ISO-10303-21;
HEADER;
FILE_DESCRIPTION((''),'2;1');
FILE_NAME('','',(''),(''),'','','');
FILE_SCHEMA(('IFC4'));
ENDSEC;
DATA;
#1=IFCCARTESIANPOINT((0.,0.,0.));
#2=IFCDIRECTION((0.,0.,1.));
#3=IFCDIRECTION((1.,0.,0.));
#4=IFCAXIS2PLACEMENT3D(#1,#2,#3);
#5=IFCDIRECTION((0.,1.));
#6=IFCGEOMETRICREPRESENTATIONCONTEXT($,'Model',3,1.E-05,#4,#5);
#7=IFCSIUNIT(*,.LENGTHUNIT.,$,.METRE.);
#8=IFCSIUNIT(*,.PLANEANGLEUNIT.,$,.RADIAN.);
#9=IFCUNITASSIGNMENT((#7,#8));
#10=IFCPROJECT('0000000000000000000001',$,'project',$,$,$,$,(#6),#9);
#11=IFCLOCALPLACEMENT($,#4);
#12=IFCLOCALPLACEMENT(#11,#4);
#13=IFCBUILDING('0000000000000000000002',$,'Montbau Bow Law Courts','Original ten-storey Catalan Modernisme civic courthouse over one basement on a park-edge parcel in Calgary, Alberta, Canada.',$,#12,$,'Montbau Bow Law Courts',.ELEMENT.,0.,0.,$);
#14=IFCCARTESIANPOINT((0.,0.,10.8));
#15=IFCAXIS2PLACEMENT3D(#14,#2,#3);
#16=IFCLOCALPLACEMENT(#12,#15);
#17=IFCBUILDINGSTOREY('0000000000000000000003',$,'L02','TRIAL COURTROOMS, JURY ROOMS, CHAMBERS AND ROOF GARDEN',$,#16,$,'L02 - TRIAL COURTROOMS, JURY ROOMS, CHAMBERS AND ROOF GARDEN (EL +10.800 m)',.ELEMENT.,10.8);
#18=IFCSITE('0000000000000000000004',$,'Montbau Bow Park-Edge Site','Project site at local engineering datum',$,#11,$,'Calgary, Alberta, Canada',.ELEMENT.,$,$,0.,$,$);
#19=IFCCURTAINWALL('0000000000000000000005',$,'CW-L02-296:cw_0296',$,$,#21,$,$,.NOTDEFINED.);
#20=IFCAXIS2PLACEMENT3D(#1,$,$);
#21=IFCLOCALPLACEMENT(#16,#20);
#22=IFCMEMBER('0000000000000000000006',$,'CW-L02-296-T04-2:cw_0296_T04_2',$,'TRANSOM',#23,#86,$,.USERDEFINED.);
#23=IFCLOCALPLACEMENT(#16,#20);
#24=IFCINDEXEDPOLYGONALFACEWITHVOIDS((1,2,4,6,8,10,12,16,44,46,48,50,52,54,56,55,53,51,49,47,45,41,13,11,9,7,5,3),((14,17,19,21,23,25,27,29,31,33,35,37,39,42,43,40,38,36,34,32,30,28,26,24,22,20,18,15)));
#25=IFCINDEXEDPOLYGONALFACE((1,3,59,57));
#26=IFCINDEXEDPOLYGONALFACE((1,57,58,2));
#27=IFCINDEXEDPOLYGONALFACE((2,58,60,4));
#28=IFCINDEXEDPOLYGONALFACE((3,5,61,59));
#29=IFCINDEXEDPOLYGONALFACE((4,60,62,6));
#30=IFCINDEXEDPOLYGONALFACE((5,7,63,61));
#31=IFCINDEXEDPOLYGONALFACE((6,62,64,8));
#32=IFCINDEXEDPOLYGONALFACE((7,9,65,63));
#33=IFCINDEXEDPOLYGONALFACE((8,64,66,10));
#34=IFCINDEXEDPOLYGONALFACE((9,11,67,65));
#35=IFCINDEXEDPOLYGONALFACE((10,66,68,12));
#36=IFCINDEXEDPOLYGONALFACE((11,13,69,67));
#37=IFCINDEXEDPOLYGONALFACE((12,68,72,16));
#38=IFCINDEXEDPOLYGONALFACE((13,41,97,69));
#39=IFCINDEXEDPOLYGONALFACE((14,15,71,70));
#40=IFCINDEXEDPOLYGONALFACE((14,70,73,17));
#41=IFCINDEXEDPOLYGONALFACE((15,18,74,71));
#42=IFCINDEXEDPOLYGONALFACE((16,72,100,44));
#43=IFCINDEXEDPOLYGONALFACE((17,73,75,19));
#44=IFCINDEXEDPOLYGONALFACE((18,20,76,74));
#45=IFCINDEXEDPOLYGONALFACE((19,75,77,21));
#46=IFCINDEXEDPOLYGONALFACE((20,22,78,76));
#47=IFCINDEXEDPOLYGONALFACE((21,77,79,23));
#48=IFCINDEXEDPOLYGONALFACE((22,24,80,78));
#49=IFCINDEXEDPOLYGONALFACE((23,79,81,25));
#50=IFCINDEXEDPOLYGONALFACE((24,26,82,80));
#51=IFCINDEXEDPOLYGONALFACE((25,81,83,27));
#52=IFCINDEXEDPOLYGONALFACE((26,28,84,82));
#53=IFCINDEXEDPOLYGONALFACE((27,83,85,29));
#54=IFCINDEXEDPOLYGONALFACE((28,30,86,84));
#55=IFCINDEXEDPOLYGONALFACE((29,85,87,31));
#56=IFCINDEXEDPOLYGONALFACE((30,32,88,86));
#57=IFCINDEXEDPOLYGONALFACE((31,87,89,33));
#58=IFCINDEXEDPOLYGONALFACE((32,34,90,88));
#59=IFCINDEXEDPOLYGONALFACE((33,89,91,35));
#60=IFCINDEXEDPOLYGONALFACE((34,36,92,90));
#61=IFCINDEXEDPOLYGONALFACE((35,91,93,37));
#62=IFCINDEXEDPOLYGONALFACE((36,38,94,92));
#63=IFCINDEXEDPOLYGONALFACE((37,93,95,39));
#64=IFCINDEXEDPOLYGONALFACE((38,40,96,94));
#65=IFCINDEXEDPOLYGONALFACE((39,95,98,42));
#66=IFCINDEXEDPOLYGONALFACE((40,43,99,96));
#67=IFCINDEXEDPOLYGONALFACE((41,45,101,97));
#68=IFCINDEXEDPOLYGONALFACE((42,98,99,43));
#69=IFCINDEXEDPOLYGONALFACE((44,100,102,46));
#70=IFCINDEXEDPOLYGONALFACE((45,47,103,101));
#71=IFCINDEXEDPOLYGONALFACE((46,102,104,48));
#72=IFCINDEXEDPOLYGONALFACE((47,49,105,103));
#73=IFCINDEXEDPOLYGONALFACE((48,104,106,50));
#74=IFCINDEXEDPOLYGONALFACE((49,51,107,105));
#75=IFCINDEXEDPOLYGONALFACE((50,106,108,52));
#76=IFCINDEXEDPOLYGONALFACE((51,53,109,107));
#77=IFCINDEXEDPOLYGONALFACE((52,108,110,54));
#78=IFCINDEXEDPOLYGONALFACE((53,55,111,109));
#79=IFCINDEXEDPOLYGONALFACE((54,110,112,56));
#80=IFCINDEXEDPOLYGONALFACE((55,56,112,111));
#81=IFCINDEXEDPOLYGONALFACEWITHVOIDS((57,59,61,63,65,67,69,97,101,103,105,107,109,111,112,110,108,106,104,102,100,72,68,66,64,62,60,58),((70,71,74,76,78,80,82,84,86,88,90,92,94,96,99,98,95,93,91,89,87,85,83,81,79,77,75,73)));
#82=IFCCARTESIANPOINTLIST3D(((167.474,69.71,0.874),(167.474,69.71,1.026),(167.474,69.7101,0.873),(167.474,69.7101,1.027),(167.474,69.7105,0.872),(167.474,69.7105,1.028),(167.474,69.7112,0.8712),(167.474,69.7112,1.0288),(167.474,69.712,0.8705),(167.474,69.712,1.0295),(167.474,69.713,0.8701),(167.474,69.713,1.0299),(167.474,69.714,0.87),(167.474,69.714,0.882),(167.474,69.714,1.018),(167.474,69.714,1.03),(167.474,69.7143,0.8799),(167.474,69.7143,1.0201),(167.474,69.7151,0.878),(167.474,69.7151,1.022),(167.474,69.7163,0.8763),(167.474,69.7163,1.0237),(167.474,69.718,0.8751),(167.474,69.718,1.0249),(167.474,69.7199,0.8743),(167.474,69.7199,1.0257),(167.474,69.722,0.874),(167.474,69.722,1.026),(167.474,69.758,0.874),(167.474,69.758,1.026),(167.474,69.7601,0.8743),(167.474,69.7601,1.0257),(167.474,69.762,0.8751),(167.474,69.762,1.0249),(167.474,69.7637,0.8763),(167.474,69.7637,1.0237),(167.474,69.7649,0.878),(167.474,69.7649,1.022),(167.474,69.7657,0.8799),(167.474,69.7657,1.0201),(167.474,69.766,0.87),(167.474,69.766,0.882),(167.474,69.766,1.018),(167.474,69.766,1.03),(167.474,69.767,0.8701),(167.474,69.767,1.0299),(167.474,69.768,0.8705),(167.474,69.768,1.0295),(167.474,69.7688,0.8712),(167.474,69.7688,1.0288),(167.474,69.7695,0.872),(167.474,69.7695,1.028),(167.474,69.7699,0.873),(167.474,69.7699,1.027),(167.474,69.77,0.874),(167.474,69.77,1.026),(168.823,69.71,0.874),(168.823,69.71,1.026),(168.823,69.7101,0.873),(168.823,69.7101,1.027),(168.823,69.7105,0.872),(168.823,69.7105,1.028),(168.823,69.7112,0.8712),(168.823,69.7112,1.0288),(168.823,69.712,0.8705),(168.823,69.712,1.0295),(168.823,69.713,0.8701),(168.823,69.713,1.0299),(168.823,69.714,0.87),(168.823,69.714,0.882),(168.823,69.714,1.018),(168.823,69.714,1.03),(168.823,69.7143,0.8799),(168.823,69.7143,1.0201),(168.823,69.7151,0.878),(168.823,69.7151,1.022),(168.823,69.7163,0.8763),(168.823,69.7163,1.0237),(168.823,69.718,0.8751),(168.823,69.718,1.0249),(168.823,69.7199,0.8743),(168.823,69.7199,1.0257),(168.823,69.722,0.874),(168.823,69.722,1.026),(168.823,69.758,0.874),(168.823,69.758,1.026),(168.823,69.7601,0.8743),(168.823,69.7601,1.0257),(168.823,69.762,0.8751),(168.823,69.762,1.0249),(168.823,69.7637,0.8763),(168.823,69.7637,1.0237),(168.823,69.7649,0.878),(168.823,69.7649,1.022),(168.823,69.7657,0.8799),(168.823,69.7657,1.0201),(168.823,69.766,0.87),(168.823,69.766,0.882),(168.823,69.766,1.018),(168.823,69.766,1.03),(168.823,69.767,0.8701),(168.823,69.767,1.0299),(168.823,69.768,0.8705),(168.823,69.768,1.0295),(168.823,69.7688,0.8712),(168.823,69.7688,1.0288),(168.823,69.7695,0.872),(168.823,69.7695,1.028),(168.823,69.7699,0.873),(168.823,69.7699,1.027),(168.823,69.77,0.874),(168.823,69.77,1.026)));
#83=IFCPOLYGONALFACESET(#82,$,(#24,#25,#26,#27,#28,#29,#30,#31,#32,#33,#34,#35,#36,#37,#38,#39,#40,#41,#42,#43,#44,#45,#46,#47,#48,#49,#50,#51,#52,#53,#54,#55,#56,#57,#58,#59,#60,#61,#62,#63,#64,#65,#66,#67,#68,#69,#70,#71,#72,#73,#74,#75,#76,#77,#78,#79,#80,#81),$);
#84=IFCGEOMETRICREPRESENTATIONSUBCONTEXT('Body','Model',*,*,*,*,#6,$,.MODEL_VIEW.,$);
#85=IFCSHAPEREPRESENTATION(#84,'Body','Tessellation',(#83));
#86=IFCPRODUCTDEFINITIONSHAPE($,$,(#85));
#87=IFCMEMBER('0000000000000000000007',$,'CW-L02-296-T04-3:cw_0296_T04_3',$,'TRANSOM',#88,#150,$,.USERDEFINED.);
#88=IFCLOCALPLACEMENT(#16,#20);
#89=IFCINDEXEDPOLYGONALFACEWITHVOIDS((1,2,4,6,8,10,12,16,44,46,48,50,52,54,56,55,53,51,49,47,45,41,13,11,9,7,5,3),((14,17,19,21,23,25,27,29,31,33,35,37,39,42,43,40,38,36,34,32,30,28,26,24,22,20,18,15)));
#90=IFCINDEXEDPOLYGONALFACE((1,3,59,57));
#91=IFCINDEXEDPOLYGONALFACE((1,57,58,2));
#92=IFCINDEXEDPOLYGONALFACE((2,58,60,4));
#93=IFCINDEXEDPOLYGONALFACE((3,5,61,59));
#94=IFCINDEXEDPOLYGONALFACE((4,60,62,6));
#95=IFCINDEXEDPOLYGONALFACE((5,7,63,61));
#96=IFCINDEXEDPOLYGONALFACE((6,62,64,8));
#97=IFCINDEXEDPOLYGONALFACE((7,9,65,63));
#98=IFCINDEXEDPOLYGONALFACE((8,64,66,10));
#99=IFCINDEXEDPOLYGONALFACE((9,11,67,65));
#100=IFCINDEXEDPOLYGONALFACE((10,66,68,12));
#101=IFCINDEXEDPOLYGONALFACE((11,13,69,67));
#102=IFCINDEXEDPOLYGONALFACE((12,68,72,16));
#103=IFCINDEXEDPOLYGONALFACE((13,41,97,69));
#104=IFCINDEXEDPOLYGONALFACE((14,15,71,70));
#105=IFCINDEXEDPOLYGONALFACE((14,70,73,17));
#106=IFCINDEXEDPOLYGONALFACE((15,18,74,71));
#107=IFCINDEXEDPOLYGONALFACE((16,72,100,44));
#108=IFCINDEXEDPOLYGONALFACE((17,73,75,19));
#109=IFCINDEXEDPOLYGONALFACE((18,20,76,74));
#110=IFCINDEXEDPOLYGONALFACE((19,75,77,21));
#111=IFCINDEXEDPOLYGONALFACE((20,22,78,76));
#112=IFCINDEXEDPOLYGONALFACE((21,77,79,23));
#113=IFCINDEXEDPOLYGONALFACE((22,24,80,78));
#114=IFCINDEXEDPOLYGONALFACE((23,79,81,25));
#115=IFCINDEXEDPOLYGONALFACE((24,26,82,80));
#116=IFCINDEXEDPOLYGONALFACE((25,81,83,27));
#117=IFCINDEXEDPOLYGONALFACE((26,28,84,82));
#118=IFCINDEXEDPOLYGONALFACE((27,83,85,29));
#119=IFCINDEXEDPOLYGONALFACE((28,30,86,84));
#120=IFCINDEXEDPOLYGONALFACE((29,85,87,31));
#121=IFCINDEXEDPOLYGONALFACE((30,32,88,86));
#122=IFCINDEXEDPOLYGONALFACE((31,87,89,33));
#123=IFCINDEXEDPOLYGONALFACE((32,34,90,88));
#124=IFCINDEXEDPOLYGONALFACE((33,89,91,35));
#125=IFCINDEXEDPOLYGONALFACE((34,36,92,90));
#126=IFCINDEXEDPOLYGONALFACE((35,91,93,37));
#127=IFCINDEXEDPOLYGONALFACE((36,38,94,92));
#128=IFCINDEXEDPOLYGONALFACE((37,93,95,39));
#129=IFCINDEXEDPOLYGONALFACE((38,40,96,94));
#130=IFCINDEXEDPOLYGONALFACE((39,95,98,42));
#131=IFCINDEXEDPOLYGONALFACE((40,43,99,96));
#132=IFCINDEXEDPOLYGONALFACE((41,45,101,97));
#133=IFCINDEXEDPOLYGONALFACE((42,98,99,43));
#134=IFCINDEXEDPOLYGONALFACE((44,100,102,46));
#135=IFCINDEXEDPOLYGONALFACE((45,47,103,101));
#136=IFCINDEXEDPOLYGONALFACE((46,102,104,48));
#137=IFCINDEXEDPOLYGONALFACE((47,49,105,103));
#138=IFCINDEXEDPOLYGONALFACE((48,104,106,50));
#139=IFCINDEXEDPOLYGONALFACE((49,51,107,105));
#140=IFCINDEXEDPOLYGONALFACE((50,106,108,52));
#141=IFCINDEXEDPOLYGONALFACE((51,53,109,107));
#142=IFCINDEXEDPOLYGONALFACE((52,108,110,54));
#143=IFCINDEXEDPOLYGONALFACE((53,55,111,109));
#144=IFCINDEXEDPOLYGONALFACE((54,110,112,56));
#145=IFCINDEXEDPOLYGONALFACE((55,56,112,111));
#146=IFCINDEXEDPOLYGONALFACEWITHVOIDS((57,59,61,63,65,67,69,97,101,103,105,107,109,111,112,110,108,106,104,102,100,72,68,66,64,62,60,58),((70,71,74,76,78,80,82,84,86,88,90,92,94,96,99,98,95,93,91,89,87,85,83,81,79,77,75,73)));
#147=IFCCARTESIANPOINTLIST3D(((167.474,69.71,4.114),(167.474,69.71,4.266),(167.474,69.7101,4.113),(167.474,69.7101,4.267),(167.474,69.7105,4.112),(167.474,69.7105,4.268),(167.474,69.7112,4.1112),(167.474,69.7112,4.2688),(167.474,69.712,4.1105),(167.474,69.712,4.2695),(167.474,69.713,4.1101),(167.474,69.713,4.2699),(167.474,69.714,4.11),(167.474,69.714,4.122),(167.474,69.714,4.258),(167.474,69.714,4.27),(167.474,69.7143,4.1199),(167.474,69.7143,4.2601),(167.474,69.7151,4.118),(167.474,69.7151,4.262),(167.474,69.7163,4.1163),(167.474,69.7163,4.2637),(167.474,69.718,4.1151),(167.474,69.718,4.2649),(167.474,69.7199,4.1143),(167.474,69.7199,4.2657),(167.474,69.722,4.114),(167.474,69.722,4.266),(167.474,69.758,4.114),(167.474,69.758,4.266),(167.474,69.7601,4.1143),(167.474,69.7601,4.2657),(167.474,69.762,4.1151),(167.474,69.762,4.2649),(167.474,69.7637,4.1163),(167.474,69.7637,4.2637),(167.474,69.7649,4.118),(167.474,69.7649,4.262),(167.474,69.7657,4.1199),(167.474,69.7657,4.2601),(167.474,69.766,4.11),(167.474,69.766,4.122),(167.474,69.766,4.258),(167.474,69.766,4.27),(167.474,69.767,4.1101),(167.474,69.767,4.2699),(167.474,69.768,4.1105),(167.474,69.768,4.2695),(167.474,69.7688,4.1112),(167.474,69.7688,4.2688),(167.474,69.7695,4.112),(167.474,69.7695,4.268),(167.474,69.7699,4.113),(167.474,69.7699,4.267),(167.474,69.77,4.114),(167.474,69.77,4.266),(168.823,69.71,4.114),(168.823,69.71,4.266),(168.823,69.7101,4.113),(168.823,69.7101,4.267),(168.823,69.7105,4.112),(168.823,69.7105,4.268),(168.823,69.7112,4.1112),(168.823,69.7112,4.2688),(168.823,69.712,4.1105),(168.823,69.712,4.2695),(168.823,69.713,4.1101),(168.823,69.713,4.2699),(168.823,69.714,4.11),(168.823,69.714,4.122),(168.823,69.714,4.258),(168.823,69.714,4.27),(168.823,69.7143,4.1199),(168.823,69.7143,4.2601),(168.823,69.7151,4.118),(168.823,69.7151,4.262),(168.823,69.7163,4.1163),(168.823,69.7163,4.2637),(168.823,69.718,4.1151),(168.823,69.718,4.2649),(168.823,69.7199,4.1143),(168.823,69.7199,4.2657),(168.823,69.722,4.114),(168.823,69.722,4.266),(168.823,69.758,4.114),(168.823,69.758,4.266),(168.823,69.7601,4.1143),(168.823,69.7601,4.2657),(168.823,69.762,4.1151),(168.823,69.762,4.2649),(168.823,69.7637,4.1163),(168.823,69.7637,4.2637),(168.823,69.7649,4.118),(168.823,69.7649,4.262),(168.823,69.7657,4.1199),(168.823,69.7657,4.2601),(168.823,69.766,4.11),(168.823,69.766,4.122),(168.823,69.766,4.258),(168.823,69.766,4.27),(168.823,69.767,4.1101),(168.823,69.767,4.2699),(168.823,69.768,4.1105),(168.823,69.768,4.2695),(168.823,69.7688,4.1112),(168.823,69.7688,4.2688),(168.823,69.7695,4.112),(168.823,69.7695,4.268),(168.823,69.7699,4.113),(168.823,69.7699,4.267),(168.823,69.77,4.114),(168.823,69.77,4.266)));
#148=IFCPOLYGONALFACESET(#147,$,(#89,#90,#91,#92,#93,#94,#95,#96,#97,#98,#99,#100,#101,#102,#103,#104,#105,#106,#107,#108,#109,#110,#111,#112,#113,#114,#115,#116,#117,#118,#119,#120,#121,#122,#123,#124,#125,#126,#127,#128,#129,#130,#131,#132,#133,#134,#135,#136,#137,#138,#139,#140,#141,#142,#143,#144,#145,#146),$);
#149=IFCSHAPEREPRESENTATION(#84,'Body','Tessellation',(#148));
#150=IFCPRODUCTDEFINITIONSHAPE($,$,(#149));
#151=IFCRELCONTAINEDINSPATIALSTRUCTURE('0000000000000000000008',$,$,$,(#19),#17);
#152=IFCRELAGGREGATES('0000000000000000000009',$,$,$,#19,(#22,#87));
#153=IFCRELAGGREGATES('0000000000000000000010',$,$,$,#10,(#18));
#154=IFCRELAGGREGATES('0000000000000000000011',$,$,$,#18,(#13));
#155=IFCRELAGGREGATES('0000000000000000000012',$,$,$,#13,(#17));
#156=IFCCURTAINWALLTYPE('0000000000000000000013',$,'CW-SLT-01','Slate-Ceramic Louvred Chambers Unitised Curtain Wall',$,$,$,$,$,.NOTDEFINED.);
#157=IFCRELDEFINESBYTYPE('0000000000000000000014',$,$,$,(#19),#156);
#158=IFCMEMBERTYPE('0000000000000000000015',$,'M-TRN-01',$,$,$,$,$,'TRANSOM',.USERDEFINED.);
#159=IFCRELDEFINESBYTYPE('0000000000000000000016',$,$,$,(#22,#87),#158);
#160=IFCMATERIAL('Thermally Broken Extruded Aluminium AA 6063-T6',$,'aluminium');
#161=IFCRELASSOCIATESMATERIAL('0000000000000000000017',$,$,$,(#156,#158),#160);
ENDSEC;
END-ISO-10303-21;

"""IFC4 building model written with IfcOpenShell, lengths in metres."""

from ifc_helpers import new_model, si_unit, direction, frame, origin_with_axes, origin_2d_with_axis, place, context, subcontext, project, spatial, hollow_rectangle, extrude, material, material_profile, profile_set, type_object, element, aggregate, save


model = new_model("IFC4")

# Units and contexts
model_context = context("Model", 3, precision=1e-05, world=origin_with_axes(), true_north=direction((0.0, 1.0)))
body_context = subcontext(model_context, "Body", "Model", "MODEL_VIEW")
ifc_project = project(units=[si_unit("LENGTHUNIT", "METRE"), si_unit("PLANEANGLEUNIT", "RADIAN")], contexts=[model_context])

# Site, building, storey
site_placement = place(None, origin_with_axes())
site = spatial("IfcSite", under=ifc_project, at=site_placement, Name="Montbau Bow Park-Edge Site", Description="Project site at local engineering datum", LongName="Calgary, Alberta, Canada", CompositionType="ELEMENT", RefElevation=0.0)
building_placement = place(site_placement, origin_with_axes())
building = spatial("IfcBuilding", under=site, at=building_placement, Name="Montbau Bow Law Courts", Description="Original ten-storey Catalan Modernisme civic courthouse over one basement on a park-edge parcel in Calgary, Alberta, Canada.", LongName="Montbau Bow Law Courts", CompositionType="ELEMENT", ElevationOfRefHeight=0.0, ElevationOfTerrain=0.0)
storey_placement = place(building_placement, frame((0.0, 0.0, 10.8), z_axis=(0.0, 0.0, 1.0), x_axis=(1.0, 0.0, 0.0)))
storey = spatial("IfcBuildingStorey", under=building, at=storey_placement, Name="L02", Description="TRIAL COURTROOMS, JURY ROOMS, CHAMBERS AND ROOF GARDEN", LongName="L02 - TRIAL COURTROOMS, JURY ROOMS, CHAMBERS AND ROOF GARDEN (EL +10.800 m)", CompositionType="ELEMENT", Elevation=10.8)

# Curtain wall
ifc_material_1 = material(Name="Thermally Broken Extruded Aluminium AA 6063-T6", Category="aluminium")
curtain_wall_type = type_object("IfcCurtainWallType", Name="CW-SLT-01", Description="Slate-Ceramic Louvred Chambers Unitised Curtain Wall", PredefinedType="NOTDEFINED", material=ifc_material_1)
curtain_wall_1_placement = place(None, frame((163.115, 69.74, 10.8), z_axis=(0.0, 0.0, 1.0), x_axis=(1.0, 0.0, 0.0)))
curtain_wall_1 = element("IfcCurtainWall", 1, at=curtain_wall_1_placement, inside=storey, type_object=curtain_wall_type, Name="CW-L02-296:cw_0296", PredefinedType="NOTDEFINED")

# Members
ifc_material_profile_1 = material_profile(ifc_material_1, hollow_rectangle(XDim=0.06, YDim=0.16, WallThickness=0.004, InnerFilletRadius=0.008, OuterFilletRadius=0.004, at=origin_2d_with_axis()), Name="CWT-160X60", Category="Main", Priority=0)
ifc_profile_set_1 = profile_set([ifc_material_profile_1], Name="Thermally Broken Extruded Aluminium AA 6063-T6")
member_type_1 = type_object("IfcMemberType", Name="M-TRN-01", ElementType="TRANSOM", PredefinedType="USERDEFINED", material=ifc_profile_set_1)
member_1_placement = place(None, frame((167.474, 69.74, 11.75), z_axis=(1.0, 0.0, 0.0), x_axis=(0.0, 1.0, 0.0)))
member_1 = element("IfcMember", 2, at=member_1_placement, type_object=member_type_1, Name="CW-L02-296-T04-2:cw_0296_T04_2", ObjectType="TRANSOM", PredefinedType="USERDEFINED", context=body_context, shape_type="SweptSolid", body=[
    extrude(hollow_rectangle(XDim=0.06, YDim=0.16, WallThickness=0.004, InnerFilletRadius=0.008, OuterFilletRadius=0.004, at=origin_2d_with_axis()), origin_with_axes(), (0.0, 0.0, 1.0), 1.349),
])
member_2_placement = place(None, frame((167.474, 69.74, 14.99), z_axis=(1.0, 0.0, 0.0), x_axis=(0.0, 1.0, 0.0)))
member_2 = element("IfcMember", 3, at=member_2_placement, type_object=member_type_1, Name="CW-L02-296-T04-3:cw_0296_T04_3", ObjectType="TRANSOM", PredefinedType="USERDEFINED", context=body_context, shape_type="SweptSolid", body=[
    extrude(hollow_rectangle(XDim=0.06, YDim=0.16, WallThickness=0.004, InnerFilletRadius=0.008, OuterFilletRadius=0.004, at=origin_2d_with_axis()), origin_with_axes(), (0.0, 0.0, 1.0), 1.349),
])

aggregate(curtain_wall_1, [member_1, member_2])

save(model, "model.ifc")
